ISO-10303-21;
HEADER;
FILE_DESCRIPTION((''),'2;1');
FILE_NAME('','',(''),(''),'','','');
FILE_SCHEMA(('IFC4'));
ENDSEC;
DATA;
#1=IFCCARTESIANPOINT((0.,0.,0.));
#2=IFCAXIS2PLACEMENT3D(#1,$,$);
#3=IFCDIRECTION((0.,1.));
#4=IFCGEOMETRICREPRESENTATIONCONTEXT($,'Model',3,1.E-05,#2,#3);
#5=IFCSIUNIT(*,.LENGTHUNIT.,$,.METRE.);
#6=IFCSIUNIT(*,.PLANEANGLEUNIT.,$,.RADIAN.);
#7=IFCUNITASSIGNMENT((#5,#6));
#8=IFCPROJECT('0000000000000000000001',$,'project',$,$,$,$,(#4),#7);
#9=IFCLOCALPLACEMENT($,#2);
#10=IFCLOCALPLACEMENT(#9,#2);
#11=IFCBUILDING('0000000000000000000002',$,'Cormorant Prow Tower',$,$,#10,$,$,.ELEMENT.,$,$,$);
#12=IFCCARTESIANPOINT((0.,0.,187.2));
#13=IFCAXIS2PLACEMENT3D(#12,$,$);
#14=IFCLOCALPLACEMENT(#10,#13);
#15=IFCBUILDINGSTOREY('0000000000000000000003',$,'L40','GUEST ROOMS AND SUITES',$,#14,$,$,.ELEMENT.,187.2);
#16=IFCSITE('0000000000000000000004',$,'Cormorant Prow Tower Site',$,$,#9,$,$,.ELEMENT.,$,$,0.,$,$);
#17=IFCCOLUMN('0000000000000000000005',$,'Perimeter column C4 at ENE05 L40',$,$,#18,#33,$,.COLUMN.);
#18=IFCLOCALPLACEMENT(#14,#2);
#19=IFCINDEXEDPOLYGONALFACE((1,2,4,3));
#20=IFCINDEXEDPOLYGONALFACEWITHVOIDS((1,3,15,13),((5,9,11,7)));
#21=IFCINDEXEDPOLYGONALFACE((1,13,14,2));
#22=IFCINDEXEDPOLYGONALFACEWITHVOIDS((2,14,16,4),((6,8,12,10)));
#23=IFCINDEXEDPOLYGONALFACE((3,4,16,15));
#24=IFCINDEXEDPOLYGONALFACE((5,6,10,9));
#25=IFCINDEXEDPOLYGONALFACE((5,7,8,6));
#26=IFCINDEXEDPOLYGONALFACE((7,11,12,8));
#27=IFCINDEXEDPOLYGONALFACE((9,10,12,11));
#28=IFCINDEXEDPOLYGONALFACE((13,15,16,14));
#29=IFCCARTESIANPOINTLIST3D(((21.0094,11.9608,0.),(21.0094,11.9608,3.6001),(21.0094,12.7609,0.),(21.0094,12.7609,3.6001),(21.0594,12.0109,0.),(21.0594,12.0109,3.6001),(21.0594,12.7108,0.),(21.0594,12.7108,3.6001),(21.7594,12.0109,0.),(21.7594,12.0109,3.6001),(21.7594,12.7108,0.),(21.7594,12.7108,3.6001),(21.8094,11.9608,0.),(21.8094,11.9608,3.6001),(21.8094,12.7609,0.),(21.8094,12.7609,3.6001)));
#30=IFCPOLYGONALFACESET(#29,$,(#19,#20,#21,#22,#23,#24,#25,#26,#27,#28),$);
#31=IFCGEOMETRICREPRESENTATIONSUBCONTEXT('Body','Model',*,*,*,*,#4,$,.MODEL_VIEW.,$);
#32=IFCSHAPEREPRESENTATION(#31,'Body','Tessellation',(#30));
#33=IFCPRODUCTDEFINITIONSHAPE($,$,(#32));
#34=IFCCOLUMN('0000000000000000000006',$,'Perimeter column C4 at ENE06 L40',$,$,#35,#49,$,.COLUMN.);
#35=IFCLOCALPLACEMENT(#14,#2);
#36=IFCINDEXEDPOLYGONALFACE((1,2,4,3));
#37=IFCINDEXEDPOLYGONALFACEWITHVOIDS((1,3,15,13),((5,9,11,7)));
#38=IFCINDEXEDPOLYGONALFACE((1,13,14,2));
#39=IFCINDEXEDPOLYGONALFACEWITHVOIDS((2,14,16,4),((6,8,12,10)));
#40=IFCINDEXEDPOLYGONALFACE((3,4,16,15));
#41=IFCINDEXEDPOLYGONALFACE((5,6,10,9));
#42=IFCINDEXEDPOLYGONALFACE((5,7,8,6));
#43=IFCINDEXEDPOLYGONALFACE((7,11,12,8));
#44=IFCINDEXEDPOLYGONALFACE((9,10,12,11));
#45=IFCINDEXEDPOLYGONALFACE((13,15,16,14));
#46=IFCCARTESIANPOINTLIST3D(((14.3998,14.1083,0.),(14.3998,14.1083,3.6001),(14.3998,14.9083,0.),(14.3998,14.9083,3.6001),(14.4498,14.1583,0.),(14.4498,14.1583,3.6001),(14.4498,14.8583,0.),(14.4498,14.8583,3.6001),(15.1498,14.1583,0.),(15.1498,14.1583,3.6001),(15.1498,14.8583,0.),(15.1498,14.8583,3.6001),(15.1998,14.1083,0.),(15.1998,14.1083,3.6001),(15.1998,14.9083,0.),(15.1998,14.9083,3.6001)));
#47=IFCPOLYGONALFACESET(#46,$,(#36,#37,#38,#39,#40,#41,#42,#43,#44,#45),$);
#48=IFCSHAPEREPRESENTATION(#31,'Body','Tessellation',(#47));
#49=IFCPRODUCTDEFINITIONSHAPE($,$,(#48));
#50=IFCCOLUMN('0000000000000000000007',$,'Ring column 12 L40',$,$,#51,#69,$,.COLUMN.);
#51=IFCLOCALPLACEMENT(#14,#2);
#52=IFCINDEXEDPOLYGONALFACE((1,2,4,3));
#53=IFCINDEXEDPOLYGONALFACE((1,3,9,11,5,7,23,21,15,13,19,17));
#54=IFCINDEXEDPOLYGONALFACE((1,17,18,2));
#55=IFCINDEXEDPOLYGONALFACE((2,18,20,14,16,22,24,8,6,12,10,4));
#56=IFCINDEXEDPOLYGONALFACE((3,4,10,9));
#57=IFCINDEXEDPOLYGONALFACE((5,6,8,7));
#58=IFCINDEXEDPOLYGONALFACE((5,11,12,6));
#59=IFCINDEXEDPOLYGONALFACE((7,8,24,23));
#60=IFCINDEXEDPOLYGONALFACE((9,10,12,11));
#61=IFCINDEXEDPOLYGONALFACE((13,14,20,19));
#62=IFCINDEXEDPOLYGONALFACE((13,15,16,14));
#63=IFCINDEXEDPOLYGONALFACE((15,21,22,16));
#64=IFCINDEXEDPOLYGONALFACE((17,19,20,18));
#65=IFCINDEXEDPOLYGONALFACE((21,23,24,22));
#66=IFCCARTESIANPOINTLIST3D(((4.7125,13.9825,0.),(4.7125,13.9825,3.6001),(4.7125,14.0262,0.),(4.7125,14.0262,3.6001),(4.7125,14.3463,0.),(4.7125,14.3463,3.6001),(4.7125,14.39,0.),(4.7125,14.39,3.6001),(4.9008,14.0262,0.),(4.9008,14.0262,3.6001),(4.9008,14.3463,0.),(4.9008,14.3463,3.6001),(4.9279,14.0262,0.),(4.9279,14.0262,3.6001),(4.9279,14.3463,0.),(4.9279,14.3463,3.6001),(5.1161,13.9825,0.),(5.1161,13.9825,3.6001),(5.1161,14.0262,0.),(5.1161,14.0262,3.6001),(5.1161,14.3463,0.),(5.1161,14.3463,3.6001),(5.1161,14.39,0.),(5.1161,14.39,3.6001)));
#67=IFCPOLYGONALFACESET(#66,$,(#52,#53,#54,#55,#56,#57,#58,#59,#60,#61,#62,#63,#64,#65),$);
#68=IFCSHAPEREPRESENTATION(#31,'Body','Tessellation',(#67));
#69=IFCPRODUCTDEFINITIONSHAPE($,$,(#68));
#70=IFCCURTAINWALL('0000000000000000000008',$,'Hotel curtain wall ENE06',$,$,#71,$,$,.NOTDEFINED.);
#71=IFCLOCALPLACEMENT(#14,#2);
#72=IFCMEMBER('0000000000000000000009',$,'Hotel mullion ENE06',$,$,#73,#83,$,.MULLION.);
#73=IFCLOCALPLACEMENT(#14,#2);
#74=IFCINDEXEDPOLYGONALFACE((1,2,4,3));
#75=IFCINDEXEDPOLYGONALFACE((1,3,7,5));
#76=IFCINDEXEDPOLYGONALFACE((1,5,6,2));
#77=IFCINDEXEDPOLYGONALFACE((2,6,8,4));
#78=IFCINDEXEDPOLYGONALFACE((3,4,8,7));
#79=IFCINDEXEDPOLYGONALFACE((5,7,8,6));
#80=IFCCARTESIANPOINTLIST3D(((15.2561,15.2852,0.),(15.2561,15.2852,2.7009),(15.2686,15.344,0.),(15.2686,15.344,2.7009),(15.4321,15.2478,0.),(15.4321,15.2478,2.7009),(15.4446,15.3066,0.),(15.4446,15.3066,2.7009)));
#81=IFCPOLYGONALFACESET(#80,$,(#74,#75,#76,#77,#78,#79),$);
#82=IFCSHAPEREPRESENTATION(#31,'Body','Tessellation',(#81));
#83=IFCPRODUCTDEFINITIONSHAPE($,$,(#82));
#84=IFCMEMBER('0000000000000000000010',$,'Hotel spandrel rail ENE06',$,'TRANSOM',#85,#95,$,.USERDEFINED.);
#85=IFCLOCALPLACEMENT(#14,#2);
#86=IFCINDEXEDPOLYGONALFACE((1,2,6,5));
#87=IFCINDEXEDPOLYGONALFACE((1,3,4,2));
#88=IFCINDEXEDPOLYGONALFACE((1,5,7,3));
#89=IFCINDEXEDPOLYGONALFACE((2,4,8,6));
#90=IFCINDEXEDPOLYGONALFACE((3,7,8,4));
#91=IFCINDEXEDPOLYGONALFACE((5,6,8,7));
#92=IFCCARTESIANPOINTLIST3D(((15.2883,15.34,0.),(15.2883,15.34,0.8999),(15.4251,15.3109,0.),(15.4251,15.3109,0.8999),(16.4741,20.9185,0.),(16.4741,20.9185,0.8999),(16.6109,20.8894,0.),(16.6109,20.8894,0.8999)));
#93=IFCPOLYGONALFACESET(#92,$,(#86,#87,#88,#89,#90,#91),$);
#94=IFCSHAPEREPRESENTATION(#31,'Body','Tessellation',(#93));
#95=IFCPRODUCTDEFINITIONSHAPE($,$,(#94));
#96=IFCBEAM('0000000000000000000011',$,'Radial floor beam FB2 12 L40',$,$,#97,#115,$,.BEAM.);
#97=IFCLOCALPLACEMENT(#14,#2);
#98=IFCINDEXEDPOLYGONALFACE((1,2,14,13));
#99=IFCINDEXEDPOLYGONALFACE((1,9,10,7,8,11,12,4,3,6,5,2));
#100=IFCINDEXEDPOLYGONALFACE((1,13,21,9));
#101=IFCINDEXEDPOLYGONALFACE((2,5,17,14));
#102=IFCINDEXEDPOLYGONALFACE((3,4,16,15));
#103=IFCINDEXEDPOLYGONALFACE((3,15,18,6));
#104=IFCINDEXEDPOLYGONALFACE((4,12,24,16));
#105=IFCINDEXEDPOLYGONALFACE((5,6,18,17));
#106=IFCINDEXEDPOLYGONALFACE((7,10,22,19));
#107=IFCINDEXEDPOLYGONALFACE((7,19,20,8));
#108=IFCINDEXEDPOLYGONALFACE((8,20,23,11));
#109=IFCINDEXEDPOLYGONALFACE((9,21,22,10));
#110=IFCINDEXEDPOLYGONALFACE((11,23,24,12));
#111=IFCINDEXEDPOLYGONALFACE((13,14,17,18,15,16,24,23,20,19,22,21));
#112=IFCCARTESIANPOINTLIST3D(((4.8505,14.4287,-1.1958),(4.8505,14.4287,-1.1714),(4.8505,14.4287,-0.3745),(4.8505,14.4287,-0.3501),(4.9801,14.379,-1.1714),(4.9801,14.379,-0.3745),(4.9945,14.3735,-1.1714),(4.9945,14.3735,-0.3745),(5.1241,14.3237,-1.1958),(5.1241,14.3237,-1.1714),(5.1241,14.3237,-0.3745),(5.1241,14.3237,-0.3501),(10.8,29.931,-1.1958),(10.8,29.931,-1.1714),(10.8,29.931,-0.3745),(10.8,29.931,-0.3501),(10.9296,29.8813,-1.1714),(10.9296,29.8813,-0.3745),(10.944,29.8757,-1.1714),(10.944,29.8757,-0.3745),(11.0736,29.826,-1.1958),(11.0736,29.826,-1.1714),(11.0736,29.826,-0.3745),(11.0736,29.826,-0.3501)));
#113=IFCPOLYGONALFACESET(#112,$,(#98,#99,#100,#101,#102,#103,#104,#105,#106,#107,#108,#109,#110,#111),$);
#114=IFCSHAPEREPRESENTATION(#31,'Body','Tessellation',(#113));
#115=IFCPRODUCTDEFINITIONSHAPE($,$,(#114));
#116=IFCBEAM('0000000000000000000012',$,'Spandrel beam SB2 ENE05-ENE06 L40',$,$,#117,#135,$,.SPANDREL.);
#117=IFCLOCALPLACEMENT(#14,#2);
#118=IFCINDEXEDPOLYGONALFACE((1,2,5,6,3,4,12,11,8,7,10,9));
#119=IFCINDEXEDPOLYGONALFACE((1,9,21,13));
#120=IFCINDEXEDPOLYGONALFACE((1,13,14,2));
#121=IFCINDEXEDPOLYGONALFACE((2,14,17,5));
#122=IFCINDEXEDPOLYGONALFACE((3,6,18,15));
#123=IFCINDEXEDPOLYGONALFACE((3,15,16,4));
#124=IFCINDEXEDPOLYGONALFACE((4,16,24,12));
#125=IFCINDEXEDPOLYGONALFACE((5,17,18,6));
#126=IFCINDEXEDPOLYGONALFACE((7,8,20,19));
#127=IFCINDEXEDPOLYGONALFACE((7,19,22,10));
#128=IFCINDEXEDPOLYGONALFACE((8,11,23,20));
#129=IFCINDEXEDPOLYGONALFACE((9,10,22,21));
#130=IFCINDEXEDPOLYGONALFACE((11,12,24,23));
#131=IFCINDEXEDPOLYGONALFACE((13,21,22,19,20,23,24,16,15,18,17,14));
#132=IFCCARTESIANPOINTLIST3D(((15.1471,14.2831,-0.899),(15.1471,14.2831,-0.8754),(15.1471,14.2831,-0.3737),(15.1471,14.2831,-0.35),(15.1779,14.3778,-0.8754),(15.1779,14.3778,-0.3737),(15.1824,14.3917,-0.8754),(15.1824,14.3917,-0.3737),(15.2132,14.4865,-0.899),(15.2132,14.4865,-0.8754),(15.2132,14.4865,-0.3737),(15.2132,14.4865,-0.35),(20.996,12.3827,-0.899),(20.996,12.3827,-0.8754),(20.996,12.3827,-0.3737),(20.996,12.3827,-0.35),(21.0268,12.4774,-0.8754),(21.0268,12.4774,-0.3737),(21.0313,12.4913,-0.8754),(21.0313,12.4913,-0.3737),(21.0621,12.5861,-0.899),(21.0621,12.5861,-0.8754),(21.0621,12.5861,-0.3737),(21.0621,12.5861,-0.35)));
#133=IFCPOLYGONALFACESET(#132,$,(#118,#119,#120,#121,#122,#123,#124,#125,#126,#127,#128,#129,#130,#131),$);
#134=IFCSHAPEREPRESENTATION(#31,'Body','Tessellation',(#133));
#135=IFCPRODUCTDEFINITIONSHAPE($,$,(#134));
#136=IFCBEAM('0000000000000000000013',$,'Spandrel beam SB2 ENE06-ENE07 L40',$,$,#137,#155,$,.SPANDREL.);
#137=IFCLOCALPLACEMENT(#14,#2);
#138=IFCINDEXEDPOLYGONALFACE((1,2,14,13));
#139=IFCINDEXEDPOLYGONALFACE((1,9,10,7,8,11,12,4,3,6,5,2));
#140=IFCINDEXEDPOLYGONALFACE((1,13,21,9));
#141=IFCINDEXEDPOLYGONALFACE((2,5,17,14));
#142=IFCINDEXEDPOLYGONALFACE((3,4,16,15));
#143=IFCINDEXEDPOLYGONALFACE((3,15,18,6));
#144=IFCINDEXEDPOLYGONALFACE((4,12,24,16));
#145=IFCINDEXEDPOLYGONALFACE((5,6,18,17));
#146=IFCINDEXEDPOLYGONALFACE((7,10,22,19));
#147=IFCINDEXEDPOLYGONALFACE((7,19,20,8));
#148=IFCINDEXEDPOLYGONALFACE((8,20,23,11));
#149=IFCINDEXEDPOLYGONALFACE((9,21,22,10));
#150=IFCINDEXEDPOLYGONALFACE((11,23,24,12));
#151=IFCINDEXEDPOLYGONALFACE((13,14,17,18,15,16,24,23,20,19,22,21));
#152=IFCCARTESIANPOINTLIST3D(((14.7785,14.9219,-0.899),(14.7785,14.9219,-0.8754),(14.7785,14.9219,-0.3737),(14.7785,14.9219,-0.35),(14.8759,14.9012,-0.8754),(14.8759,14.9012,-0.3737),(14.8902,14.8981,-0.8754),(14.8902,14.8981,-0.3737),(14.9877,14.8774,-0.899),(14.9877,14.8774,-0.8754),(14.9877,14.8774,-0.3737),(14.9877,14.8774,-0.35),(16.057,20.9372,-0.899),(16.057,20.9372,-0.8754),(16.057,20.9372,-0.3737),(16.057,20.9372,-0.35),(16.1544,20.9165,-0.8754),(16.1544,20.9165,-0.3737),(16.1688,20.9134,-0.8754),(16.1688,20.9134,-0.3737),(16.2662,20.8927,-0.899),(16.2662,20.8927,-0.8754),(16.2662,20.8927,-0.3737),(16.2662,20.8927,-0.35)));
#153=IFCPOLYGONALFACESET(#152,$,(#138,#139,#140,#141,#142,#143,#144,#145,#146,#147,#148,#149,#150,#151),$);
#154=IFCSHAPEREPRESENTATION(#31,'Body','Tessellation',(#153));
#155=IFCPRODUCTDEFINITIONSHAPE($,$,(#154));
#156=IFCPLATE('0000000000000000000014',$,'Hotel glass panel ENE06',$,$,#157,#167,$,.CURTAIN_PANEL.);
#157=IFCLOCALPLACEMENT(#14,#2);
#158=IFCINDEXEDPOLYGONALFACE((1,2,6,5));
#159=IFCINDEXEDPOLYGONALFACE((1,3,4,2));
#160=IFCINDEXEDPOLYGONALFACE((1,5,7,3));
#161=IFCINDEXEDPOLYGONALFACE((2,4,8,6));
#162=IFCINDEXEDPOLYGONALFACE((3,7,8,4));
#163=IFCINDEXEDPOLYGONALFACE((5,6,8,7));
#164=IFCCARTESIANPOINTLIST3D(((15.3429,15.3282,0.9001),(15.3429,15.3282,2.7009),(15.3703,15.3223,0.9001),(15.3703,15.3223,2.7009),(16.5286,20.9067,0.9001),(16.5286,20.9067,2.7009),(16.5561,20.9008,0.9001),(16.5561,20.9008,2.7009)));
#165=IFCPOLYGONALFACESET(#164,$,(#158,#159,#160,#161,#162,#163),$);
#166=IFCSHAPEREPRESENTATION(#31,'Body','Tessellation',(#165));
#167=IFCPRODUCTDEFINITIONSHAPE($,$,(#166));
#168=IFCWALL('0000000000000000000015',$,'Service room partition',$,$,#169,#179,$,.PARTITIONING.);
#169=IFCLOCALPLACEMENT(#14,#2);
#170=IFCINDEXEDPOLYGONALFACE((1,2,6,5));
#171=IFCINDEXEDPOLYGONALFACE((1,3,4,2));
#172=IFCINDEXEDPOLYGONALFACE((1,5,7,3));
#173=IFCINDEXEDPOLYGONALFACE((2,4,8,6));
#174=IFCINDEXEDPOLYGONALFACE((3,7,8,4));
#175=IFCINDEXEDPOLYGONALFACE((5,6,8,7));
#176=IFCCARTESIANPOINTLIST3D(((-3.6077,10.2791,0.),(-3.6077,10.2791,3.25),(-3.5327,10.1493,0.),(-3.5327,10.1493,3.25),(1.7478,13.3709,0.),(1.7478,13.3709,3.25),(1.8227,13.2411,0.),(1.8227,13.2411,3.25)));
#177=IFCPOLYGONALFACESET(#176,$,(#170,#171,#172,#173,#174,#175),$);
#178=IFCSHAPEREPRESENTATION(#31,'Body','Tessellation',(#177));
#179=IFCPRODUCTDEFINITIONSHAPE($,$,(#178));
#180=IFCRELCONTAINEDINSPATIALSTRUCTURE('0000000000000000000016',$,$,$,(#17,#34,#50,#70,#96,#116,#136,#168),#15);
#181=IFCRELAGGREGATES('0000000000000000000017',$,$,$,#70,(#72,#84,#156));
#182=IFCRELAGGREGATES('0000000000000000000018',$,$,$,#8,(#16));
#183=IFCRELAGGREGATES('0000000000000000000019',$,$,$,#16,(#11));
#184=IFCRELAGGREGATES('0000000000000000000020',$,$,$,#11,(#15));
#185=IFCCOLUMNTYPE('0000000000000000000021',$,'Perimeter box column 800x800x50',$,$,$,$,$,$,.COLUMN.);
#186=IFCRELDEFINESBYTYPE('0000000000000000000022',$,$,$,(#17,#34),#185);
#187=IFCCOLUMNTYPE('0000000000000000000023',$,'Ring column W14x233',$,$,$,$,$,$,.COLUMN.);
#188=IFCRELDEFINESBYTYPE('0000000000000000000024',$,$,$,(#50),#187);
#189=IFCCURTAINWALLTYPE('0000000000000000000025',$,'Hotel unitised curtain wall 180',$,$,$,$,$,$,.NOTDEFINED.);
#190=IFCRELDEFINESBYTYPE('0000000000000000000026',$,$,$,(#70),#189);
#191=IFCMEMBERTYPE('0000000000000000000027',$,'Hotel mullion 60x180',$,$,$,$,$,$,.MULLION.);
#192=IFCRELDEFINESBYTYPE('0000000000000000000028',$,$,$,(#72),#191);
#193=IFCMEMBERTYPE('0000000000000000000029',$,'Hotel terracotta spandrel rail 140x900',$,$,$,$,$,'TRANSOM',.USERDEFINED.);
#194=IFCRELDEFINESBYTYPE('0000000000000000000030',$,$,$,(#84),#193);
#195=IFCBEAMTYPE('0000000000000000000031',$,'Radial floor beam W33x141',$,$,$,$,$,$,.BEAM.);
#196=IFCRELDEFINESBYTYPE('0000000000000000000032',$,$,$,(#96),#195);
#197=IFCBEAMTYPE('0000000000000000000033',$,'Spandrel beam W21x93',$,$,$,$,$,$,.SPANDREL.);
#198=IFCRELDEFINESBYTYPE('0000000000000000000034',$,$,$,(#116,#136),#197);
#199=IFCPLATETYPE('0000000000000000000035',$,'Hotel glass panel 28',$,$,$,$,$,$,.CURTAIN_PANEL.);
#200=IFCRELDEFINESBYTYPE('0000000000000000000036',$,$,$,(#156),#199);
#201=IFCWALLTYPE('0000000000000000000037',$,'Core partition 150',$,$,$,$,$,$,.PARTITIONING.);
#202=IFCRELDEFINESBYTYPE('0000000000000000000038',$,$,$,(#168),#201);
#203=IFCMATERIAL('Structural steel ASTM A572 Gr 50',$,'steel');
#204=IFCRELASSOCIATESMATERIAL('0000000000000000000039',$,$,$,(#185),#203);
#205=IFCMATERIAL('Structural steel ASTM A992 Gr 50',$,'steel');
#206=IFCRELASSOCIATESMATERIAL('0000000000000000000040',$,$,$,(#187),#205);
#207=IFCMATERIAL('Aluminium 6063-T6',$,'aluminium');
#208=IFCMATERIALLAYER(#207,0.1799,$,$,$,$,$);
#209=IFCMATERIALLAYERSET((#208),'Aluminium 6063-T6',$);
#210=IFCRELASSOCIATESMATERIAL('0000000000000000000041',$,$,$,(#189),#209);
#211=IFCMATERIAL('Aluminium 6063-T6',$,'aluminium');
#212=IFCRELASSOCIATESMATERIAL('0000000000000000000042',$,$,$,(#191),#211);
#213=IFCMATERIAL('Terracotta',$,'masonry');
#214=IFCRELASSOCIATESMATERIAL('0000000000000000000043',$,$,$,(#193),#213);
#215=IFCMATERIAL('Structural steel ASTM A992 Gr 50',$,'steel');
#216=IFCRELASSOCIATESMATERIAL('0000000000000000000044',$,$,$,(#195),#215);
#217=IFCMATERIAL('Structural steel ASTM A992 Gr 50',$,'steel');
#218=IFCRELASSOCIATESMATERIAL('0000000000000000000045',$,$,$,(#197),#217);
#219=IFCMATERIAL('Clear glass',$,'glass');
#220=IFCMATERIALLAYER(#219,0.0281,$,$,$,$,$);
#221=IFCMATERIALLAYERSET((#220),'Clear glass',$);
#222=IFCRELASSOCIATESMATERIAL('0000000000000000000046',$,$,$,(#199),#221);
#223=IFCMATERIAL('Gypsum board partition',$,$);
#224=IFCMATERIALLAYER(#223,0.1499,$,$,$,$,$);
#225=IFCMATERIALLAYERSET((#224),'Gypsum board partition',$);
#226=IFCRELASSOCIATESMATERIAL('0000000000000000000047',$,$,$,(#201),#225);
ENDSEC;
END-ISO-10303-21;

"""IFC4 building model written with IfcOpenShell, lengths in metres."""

from ifc_helpers import new_model, si_unit, direction, frame, frame_2d, origin, origin_2d, place, context, subcontext, project, spatial, rectangle, hollow_rectangle, i_section, extrude, material, layer, layer_set, material_profile, profile_set, type_object, element, aggregate, save


model = new_model("IFC4")

# Units and contexts
model_context = context("Model", 3, precision=1e-05, world=origin(), true_north=direction((0.0, 1.0)))
body_context = subcontext(model_context, "Body", "Model", "MODEL_VIEW")
ifc_project = project(units=[si_unit("LENGTHUNIT", "METRE"), si_unit("PLANEANGLEUNIT", "RADIAN")], contexts=[model_context])

# Site, building, storey
site_placement = place(None, origin())
site = spatial("IfcSite", under=ifc_project, at=site_placement, Name="Cormorant Prow Tower Site", CompositionType="ELEMENT", RefElevation=0.0)
building_placement = place(site_placement, origin())
building = spatial("IfcBuilding", under=site, at=building_placement, Name="Cormorant Prow Tower", CompositionType="ELEMENT")
storey_placement = place(building_placement, frame((0.0, 0.0, 187.2)))
storey = spatial("IfcBuildingStorey", under=building, at=storey_placement, Name="L40", Description="GUEST ROOMS AND SUITES", CompositionType="ELEMENT", Elevation=187.2)

# Columns
ifc_material_1 = material(Name="Structural steel ASTM A572 Gr 50", Category="steel")
ifc_material_profile_1 = material_profile(ifc_material_1, hollow_rectangle(XDim=0.8, YDim=0.8, WallThickness=0.05, at=origin_2d()), Name="Box 800x800x50")
ifc_profile_set_1 = profile_set([ifc_material_profile_1], Name="Structural steel ASTM A572 Gr 50")
column_type_1 = type_object("IfcColumnType", Name="Perimeter box column 800x800x50", PredefinedType="COLUMN", material=ifc_profile_set_1)
for number, where, z_axis, x_axis, name in (
    (1, (21.4094, 12.3608, 0.0), (0.0, 0.0, 1.0), (1.0, 0.0, 0.0), "Perimeter column C4 at ENE05 L40"),
    (2, (14.7998, 14.5083, 0.0), (0.0, 0.0, 1.0), (1.0, 0.0, 0.0), "Perimeter column C4 at ENE06 L40"),
):
    element("IfcColumn", number, at=place(storey_placement, frame(where, z_axis=z_axis, x_axis=x_axis)), inside=storey, type_object=column_type_1, Name=name, PredefinedType="COLUMN", context=body_context, shape_type="SweptSolid", body=[
        extrude(hollow_rectangle(XDim=0.8, YDim=0.8, WallThickness=0.05, at=origin_2d()), origin(), (0.0, 0.0, 1.0), 3.6001),
    ])
ifc_material_2 = material(Name="Structural steel ASTM A992 Gr 50", Category="steel")
ifc_material_profile_2 = material_profile(ifc_material_2, i_section(OverallWidth=0.4036, OverallDepth=0.4075, WebThickness=0.0271, FlangeThickness=0.0437, at=origin_2d()), Name="W14x233")
ifc_profile_set_2 = profile_set([ifc_material_profile_2], Name="Structural steel ASTM A992 Gr 50")
column_type_2 = type_object("IfcColumnType", Name="Ring column W14x233", PredefinedType="COLUMN", material=ifc_profile_set_2)
column_placement = place(storey_placement, frame((4.9143, 14.1863, 0.0), z_axis=(0.0, 0.0, 1.0), x_axis=(1.0, 0.0, 0.0)))
element("IfcColumn", 3, at=column_placement, inside=storey, type_object=column_type_2, Name="Ring column 12 L40", PredefinedType="COLUMN", context=body_context, shape_type="SweptSolid", body=[
    extrude(i_section(OverallWidth=0.4036, OverallDepth=0.4075, WebThickness=0.0271, FlangeThickness=0.0437, at=origin_2d()), origin(), (0.0, 0.0, 1.0), 3.6001),
])

# Curtain wall, members
ifc_material_3 = material(Name="Aluminium 6063-T6", Category="aluminium")
ifc_layer_1 = layer(ifc_material_3, 0.1799)
ifc_layer_set_1 = layer_set([ifc_layer_1], Name="Aluminium 6063-T6")
curtain_wall_type = type_object("IfcCurtainWallType", Name="Hotel unitised curtain wall 180", PredefinedType="NOTDEFINED", material=ifc_layer_set_1)
curtain_wall_placement = place(storey_placement, origin())
curtain_wall = element("IfcCurtainWall", 4, at=curtain_wall_placement, inside=storey, type_object=curtain_wall_type, Name="Hotel curtain wall ENE06", PredefinedType="NOTDEFINED")
ifc_material_4 = material(Name="Aluminium 6063-T6", Category="aluminium")
ifc_material_profile_3 = material_profile(ifc_material_4, rectangle(XDim=0.1799, YDim=0.0601, at=origin_2d()), Name="Hotel mullion 60x180")
ifc_profile_set_3 = profile_set([ifc_material_profile_3], Name="Aluminium 6063-T6")
member_type_1 = type_object("IfcMemberType", Name="Hotel mullion 60x180", PredefinedType="MULLION", material=ifc_profile_set_3)
member_1_placement = place(storey_placement, frame((15.3503, 15.2959, 0.0), z_axis=(0.0, 0.0, 1.0), x_axis=(-0.978148, 0.207912, 0.0)))
member_1 = element("IfcMember", 5, at=member_1_placement, type_object=member_type_1, Name="Hotel mullion ENE06", PredefinedType="MULLION", context=body_context, shape_type="SweptSolid", body=[
    extrude(rectangle(XDim=0.1799, YDim=0.0601, at=origin_2d()), origin(), (0.0, 0.0, 1.0), 2.7009),
])
ifc_material_5 = material(Name="Terracotta", Category="masonry")
ifc_material_profile_4 = material_profile(ifc_material_5, rectangle(XDim=0.1399, YDim=0.8999, at=origin_2d()), Name="Hotel terracotta spandrel rail 140x900")
ifc_profile_set_4 = profile_set([ifc_material_profile_4], Name="Terracotta")
member_type_2 = type_object("IfcMemberType", Name="Hotel terracotta spandrel rail 140x900", ElementType="TRANSOM", PredefinedType="USERDEFINED", material=ifc_profile_set_4)
member_2_placement = place(storey_placement, frame((15.3567, 15.3254, 0.45), z_axis=(0.207924, 0.978145, 0.0), x_axis=(-0.978145, 0.207924, 0.0)))
member_2 = element("IfcMember", 6, at=member_2_placement, type_object=member_type_2, Name="Hotel spandrel rail ENE06", ObjectType="TRANSOM", PredefinedType="USERDEFINED", context=body_context, shape_type="SweptSolid", body=[
    extrude(rectangle(XDim=0.1399, YDim=0.8999, at=origin_2d()), origin(), (0.0, 0.0, 1.0), 5.7031),
])

# Beams
ifc_material_6 = material(Name="Structural steel ASTM A992 Gr 50", Category="steel")
ifc_material_profile_5 = material_profile(ifc_material_6, i_section(OverallWidth=0.293, OverallDepth=0.8457, WebThickness=0.0154, FlangeThickness=0.0244, at=origin_2d()), Name="W33x141")
ifc_profile_set_5 = profile_set([ifc_material_profile_5], Name="Structural steel ASTM A992 Gr 50")
beam_type_1 = type_object("IfcBeamType", Name="Radial floor beam W33x141", PredefinedType="BEAM", material=ifc_profile_set_5)
beam_1_placement = place(storey_placement, frame((4.9873, 14.3762, -0.7729), z_axis=(0.358301, 0.933606, 0.0), x_axis=(-0.933606, 0.358301, 0.0)))
element("IfcBeam", 7, at=beam_1_placement, inside=storey, type_object=beam_type_1, Name="Radial floor beam FB2 12 L40", PredefinedType="BEAM", context=body_context, shape_type="SweptSolid", body=[
    extrude(i_section(OverallWidth=0.293, OverallDepth=0.8457, WebThickness=0.0154, FlangeThickness=0.0244, at=origin_2d()), origin(), (0.0, 0.0, 1.0), 16.6047),
])
ifc_material_7 = material(Name="Structural steel ASTM A992 Gr 50", Category="steel")
ifc_material_profile_6 = material_profile(ifc_material_7, i_section(OverallWidth=0.2139, OverallDepth=0.5491, WebThickness=0.0146, FlangeThickness=0.0237, at=origin_2d()), Name="W21x93")
ifc_profile_set_6 = profile_set([ifc_material_profile_6], Name="Structural steel ASTM A992 Gr 50")
beam_type_2 = type_object("IfcBeamType", Name="Spandrel beam W21x93", PredefinedType="SPANDREL", material=ifc_profile_set_6)
beam_2_placement = place(storey_placement, frame((21.0291, 12.4844, -0.6245), z_axis=(-0.951058, 0.309013, 0.0), x_axis=(-0.309013, -0.951058, 0.0)))
element("IfcBeam", 8, at=beam_2_placement, inside=storey, type_object=beam_type_2, Name="Spandrel beam SB2 ENE05-ENE06 L40", PredefinedType="SPANDREL", context=body_context, shape_type="SweptSolid", body=[
    extrude(i_section(OverallWidth=0.2139, OverallDepth=0.5491, WebThickness=0.0146, FlangeThickness=0.0237, at=origin_2d()), origin(), (0.0, 0.0, 1.0), 6.1499),
])
beam_3_placement = place(storey_placement, frame((14.8831, 14.8997, -0.6245), z_axis=(0.207905, 0.978149, 0.0), x_axis=(-0.978149, 0.207905, 0.0)))
element("IfcBeam", 9, at=beam_3_placement, inside=storey, type_object=beam_type_2, Name="Spandrel beam SB2 ENE06-ENE07 L40", PredefinedType="SPANDREL", context=body_context, shape_type="SweptSolid", body=[
    extrude(i_section(OverallWidth=0.2139, OverallDepth=0.5491, WebThickness=0.0146, FlangeThickness=0.0237, at=origin_2d()), origin(), (0.0, 0.0, 1.0), 6.1497),
])

# Plate
ifc_material_8 = material(Name="Clear glass", Category="glass")
ifc_layer_2 = layer(ifc_material_8, 0.0281)
ifc_layer_set_2 = layer_set([ifc_layer_2], Name="Clear glass")
plate_type = type_object("IfcPlateType", Name="Hotel glass panel 28", PredefinedType="CURTAIN_PANEL", material=ifc_layer_set_2)
plate_placement = place(storey_placement, frame((15.9495, 18.1145, 0.9001), z_axis=(0.0, 0.0, 1.0), x_axis=(0.207912, 0.978148, 0.0)))
plate = element("IfcPlate", 10, at=plate_placement, type_object=plate_type, Name="Hotel glass panel ENE06", PredefinedType="CURTAIN_PANEL", context=body_context, shape_type="SweptSolid", body=[
    extrude(rectangle(XDim=5.7031, YDim=0.0281, at=origin_2d()), origin(), (0.0, 0.0, 1.0), 1.8008),
])
aggregate(curtain_wall, [member_1, member_2, plate])

# Wall
ifc_material_9 = material(Name="Gypsum board partition")
ifc_layer_3 = layer(ifc_material_9, 0.1499)
ifc_layer_set_3 = layer_set([ifc_layer_3], Name="Gypsum board partition")
wall_type_1 = type_object("IfcWallType", Name="Core partition 150", PredefinedType="PARTITIONING", material=ifc_layer_set_3)
wall_1_placement = place(storey_placement, frame((1.7852, 13.3059, 0.0), z_axis=(0.0, 0.0, 1.0), x_axis=(-0.866038, -0.499978, 0.0)))
element("IfcWall", 11, at=wall_1_placement, inside=storey, type_object=wall_type_1, Name="Service room partition", PredefinedType="PARTITIONING", context=body_context, shape_type="SweptSolid", body=[
    extrude(rectangle(XDim=6.1838, YDim=0.1499, at=frame_2d((3.0918, 0.0))), origin(), (0.0, 0.0, 1.0), 3.25),
])

save(model, "model.ifc")
